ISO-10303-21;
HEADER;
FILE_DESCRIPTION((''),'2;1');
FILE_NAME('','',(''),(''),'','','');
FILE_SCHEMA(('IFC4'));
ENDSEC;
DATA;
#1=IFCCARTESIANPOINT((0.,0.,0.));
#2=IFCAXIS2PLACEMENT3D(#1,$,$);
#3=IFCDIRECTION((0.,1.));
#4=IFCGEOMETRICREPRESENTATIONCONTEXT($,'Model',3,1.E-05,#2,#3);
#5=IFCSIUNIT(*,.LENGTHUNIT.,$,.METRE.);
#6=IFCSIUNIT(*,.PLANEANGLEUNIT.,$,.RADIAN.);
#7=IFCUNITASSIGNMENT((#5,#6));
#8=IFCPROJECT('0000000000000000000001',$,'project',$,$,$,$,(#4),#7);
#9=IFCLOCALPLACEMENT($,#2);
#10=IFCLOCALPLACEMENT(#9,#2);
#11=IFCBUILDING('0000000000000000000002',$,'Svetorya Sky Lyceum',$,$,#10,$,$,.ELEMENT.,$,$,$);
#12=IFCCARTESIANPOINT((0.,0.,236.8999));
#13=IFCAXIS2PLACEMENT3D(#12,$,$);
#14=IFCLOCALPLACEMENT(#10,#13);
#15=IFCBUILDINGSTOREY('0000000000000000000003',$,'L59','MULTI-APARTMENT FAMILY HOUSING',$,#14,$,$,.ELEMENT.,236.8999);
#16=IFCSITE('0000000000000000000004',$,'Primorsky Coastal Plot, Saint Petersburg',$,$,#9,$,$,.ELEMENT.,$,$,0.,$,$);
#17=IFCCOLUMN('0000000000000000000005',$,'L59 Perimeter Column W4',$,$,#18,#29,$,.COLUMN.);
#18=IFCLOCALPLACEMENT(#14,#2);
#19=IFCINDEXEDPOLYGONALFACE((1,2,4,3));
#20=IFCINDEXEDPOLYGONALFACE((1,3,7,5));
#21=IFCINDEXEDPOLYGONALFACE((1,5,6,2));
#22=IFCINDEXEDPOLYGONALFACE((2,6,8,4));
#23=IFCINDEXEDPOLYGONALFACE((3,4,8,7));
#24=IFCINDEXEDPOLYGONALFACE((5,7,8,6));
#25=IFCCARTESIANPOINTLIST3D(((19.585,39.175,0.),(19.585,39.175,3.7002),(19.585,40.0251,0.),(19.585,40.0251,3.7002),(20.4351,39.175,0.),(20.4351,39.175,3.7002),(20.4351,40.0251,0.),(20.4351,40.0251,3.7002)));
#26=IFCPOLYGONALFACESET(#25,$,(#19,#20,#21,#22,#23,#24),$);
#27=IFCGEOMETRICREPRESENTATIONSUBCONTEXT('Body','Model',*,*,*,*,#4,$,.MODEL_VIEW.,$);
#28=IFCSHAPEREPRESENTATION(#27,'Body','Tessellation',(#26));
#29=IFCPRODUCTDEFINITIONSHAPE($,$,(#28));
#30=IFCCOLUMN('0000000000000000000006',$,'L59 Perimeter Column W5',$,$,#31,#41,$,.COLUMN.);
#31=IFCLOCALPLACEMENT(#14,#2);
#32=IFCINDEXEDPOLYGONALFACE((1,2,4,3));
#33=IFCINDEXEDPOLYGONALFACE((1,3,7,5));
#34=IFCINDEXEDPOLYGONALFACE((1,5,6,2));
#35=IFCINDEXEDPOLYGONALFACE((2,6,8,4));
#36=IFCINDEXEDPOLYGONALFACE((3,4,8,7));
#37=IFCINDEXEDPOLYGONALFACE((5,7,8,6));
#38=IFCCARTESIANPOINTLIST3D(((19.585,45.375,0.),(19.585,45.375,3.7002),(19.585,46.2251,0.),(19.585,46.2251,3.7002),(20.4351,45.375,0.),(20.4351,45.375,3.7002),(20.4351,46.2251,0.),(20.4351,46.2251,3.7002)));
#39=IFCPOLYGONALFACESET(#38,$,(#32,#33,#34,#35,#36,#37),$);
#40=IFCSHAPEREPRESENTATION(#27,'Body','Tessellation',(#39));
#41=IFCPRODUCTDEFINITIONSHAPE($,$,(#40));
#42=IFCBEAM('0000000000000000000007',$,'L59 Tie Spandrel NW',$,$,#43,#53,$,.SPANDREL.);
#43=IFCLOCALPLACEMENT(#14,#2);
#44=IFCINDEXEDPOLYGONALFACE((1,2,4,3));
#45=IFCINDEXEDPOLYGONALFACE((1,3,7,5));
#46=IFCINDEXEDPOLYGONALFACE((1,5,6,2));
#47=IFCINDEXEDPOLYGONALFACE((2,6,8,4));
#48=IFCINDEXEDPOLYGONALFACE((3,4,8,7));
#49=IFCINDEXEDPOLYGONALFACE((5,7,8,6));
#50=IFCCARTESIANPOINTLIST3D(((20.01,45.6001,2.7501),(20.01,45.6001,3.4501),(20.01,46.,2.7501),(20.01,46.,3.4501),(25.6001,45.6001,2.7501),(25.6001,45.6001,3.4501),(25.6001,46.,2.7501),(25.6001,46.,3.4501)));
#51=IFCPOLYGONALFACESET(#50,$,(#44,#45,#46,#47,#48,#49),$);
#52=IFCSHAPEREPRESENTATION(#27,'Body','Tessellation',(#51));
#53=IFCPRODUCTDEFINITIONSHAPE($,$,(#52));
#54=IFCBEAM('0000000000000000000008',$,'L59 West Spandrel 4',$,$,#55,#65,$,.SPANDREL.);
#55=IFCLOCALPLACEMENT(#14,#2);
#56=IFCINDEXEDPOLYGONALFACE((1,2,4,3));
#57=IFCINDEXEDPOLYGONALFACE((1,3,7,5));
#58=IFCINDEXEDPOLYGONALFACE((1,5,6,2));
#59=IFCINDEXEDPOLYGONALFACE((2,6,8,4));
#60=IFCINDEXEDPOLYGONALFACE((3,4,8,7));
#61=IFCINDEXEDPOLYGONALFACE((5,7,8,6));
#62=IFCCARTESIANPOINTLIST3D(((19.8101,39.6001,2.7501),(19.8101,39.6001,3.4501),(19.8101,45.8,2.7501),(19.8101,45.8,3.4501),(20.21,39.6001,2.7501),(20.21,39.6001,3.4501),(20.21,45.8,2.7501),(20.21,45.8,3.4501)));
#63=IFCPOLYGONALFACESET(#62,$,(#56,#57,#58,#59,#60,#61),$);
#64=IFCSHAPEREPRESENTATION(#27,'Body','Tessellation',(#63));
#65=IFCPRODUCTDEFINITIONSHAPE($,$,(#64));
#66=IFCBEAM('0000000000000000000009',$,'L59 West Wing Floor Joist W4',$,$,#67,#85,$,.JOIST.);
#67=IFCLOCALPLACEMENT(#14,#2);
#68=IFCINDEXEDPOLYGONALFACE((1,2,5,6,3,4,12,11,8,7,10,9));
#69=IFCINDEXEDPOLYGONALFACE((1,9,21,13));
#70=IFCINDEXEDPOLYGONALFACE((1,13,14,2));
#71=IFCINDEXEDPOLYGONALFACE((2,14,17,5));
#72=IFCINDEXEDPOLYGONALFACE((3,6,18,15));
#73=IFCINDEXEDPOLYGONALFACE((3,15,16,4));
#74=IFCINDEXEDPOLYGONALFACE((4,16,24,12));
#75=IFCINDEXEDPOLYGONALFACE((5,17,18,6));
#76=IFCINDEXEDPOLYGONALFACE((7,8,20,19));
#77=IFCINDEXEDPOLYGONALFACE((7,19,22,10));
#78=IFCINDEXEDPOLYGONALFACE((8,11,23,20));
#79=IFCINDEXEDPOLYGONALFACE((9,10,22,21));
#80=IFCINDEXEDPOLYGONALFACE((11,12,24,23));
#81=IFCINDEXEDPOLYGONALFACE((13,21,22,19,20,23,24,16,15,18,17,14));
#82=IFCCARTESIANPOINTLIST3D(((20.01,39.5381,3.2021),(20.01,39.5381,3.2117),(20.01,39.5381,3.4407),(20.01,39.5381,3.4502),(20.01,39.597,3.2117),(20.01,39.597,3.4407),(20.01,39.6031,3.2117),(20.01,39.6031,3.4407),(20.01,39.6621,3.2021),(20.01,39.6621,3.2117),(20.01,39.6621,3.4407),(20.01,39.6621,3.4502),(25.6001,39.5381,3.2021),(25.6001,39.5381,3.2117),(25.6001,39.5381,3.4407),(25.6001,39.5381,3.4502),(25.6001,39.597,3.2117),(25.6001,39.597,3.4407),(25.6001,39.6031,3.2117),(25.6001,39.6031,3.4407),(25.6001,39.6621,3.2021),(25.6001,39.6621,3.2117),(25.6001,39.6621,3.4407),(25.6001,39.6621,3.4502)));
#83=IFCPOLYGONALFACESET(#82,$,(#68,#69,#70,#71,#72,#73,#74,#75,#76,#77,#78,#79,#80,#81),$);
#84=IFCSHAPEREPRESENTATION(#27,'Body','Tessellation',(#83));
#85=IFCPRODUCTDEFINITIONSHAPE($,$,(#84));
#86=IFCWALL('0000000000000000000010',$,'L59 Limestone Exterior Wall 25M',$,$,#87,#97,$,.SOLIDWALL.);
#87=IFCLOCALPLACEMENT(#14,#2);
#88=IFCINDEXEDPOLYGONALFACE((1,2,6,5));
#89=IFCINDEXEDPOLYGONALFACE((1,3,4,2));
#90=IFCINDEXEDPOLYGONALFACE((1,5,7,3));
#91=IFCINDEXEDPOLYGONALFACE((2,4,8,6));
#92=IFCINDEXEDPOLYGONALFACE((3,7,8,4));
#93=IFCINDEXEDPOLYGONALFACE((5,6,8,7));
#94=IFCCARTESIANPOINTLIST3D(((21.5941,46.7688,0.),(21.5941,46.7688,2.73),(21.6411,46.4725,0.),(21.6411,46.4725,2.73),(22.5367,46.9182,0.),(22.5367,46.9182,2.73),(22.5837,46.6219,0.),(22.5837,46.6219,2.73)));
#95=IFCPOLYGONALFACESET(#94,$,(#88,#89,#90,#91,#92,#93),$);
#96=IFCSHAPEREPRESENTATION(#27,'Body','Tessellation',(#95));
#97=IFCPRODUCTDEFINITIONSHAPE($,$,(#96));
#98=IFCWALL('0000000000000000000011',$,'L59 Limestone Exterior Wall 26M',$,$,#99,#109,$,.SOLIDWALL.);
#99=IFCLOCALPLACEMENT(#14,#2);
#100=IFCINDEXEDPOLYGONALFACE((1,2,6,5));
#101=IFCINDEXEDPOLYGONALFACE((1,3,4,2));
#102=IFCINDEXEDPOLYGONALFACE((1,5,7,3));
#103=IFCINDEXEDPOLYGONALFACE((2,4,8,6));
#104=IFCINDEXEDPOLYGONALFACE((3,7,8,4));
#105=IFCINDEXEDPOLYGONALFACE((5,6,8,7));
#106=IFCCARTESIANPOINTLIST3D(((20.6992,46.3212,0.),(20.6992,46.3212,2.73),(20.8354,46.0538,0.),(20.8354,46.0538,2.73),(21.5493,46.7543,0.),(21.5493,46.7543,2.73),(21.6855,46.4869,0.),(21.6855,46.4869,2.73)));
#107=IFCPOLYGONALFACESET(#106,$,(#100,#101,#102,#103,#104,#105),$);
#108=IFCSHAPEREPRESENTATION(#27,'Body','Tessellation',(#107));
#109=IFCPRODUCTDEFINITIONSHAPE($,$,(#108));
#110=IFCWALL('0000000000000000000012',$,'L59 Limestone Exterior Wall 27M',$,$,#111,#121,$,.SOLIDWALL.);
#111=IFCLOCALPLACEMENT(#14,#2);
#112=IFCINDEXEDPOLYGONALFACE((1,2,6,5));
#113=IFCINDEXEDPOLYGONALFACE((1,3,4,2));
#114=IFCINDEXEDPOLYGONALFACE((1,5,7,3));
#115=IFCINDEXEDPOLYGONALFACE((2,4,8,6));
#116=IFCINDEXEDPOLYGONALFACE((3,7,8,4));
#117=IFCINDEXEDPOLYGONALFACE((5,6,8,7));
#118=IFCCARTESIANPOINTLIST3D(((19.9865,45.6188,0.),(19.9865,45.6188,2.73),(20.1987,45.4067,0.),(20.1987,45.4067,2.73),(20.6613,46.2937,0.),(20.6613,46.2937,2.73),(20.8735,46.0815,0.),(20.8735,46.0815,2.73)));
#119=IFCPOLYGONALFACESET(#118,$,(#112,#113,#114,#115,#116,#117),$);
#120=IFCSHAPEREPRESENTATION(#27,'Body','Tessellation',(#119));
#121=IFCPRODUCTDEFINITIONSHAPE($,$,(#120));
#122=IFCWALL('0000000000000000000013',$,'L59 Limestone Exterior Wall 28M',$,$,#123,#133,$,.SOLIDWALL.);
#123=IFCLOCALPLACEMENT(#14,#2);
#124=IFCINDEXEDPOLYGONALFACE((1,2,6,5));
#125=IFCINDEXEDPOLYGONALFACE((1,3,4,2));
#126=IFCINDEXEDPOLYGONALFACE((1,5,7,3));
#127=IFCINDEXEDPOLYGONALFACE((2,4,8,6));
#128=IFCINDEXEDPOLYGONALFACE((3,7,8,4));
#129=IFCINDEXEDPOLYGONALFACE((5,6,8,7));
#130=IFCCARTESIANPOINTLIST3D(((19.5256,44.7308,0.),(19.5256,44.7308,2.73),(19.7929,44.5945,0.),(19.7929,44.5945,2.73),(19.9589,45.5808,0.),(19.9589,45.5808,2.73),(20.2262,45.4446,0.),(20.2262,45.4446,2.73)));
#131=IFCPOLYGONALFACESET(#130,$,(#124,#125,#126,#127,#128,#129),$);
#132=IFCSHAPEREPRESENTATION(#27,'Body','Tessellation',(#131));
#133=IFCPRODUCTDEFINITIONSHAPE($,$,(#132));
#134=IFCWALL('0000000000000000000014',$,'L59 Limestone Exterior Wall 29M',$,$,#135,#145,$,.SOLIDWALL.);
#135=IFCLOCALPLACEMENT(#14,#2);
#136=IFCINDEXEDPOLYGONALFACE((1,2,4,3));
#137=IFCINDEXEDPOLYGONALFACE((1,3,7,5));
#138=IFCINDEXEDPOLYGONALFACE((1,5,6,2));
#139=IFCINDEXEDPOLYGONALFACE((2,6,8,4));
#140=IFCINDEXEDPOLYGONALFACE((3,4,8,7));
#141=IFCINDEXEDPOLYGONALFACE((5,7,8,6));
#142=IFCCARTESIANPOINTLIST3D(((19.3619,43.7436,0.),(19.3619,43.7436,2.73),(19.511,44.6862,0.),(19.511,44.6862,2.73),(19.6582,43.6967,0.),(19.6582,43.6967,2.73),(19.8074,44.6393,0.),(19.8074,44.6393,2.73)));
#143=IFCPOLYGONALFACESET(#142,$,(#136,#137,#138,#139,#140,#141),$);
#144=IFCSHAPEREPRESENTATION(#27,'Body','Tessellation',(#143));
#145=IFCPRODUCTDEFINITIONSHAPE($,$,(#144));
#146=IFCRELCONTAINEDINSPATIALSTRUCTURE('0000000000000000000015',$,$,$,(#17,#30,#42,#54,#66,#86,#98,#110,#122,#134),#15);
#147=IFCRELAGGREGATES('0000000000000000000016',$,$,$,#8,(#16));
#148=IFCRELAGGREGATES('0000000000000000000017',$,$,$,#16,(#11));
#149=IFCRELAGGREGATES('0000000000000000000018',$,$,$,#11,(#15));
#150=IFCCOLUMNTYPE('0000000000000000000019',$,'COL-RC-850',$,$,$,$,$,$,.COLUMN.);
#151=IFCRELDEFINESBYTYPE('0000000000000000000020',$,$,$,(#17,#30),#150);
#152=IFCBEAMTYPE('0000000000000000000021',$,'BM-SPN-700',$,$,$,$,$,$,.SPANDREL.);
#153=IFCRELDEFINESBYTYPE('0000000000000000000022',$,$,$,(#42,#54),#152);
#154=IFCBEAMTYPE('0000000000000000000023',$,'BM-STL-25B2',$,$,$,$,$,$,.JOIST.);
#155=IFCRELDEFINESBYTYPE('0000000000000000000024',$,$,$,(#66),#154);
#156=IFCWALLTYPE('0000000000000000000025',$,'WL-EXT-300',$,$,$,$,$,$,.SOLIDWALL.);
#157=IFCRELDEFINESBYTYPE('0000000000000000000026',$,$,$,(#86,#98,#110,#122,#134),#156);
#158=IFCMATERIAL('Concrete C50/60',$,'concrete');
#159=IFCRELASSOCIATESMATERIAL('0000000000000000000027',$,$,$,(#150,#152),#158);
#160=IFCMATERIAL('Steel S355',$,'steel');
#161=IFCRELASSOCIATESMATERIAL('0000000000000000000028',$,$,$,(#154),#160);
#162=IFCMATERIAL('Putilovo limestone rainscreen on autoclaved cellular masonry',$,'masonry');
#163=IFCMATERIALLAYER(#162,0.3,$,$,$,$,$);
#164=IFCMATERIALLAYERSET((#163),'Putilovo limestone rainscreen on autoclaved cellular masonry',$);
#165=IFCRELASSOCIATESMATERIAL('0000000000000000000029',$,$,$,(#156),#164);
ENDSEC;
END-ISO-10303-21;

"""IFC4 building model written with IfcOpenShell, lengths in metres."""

from ifc_helpers import new_model, si_unit, direction, frame, frame_2d, origin, origin_2d, place, context, subcontext, project, spatial, rectangle, i_section, extrude, material, layer, layer_set, material_profile, profile_set, type_object, element, save


model = new_model("IFC4")

# Units and contexts
model_context = context("Model", 3, precision=1e-05, world=origin(), true_north=direction((0.0, 1.0)))
body_context = subcontext(model_context, "Body", "Model", "MODEL_VIEW")
ifc_project = project(units=[si_unit("LENGTHUNIT", "METRE"), si_unit("PLANEANGLEUNIT", "RADIAN")], contexts=[model_context])

# Site, building, storey
site_placement = place(None, origin())
site = spatial("IfcSite", under=ifc_project, at=site_placement, Name="Primorsky Coastal Plot, Saint Petersburg", CompositionType="ELEMENT", RefElevation=0.0)
building_placement = place(site_placement, origin())
building = spatial("IfcBuilding", under=site, at=building_placement, Name="Svetorya Sky Lyceum", CompositionType="ELEMENT")
storey_placement = place(building_placement, frame((0.0, 0.0, 236.8999)))
storey = spatial("IfcBuildingStorey", under=building, at=storey_placement, Name="L59", Description="MULTI-APARTMENT FAMILY HOUSING", CompositionType="ELEMENT", Elevation=236.8999)

# Columns
ifc_material_1 = material(Name="Concrete C50/60", Category="concrete")
ifc_material_profile_1 = material_profile(ifc_material_1, rectangle(XDim=0.8501, YDim=0.8501, at=origin_2d()), Name="RC COL 850x850")
ifc_profile_set_1 = profile_set([ifc_material_profile_1], Name="Concrete C50/60")
column_type = type_object("IfcColumnType", Name="COL-RC-850", PredefinedType="COLUMN", material=ifc_profile_set_1)
for number, where, z_axis, x_axis, name in (
    (1, (20.01, 39.6001, 0.0), (0.0, 0.0, 1.0), (1.0, 0.0, 0.0), "L59 Perimeter Column W4"),
    (2, (20.01, 45.8, 0.0), (0.0, 0.0, 1.0), (1.0, 0.0, 0.0), "L59 Perimeter Column W5"),
):
    element("IfcColumn", number, at=place(storey_placement, frame(where, z_axis=z_axis, x_axis=x_axis)), inside=storey, type_object=column_type, Name=name, PredefinedType="COLUMN", context=body_context, shape_type="SweptSolid", body=[
        extrude(rectangle(XDim=0.8501, YDim=0.8501, at=origin_2d()), origin(), (0.0, 0.0, 1.0), 3.7002),
    ])

# Beams
ifc_material_profile_2 = material_profile(ifc_material_1, rectangle(XDim=0.3999, YDim=0.7, at=origin_2d()), Name="RC SPANDREL 400x700")
ifc_profile_set_2 = profile_set([ifc_material_profile_2], Name="Concrete C50/60")
beam_type_1 = type_object("IfcBeamType", Name="BM-SPN-700", PredefinedType="SPANDREL", material=ifc_profile_set_2)
beam_1_placement = place(storey_placement, frame((20.01, 45.8, 3.1001), z_axis=(1.0, 0.0, 0.0), x_axis=(0.0, 1.0, 0.0)))
element("IfcBeam", 3, at=beam_1_placement, inside=storey, type_object=beam_type_1, Name="L59 Tie Spandrel NW", PredefinedType="SPANDREL", context=body_context, shape_type="SweptSolid", body=[
    extrude(rectangle(XDim=0.3999, YDim=0.7, at=origin_2d()), origin(), (0.0, 0.0, 1.0), 5.5901),
])
beam_2_placement = place(storey_placement, frame((20.01, 39.6001, 3.1001), z_axis=(0.0, 1.0, 0.0), x_axis=(-1.0, 0.0, 0.0)))
element("IfcBeam", 4, at=beam_2_placement, inside=storey, type_object=beam_type_1, Name="L59 West Spandrel 4", PredefinedType="SPANDREL", context=body_context, shape_type="SweptSolid", body=[
    extrude(rectangle(XDim=0.3999, YDim=0.7, at=origin_2d()), origin(), (0.0, 0.0, 1.0), 6.2),
])
ifc_material_2 = material(Name="Steel S355", Category="steel")
ifc_material_profile_3 = material_profile(ifc_material_2, i_section(OverallWidth=0.124, OverallDepth=0.248, WebThickness=0.0061, FlangeThickness=0.0095, at=origin_2d()), Name="GOST 25B2")
ifc_profile_set_3 = profile_set([ifc_material_profile_3], Name="Steel S355")
beam_type_2 = type_object("IfcBeamType", Name="BM-STL-25B2", PredefinedType="JOIST", material=ifc_profile_set_3)
beam_3_placement = place(storey_placement, frame((20.01, 39.6001, 3.3262), z_axis=(1.0, 0.0, 0.0), x_axis=(0.0, 1.0, 0.0)))
element("IfcBeam", 5, at=beam_3_placement, inside=storey, type_object=beam_type_2, Name="L59 West Wing Floor Joist W4", PredefinedType="JOIST", context=body_context, shape_type="SweptSolid", body=[
    extrude(i_section(OverallWidth=0.124, OverallDepth=0.248, WebThickness=0.0061, FlangeThickness=0.0095, at=origin_2d()), origin(), (0.0, 0.0, 1.0), 5.5901),
])

# Walls
ifc_material_3 = material(Name="Putilovo limestone rainscreen on autoclaved cellular masonry", Category="masonry")
ifc_layer_1 = layer(ifc_material_3, 0.3)
ifc_layer_set_1 = layer_set([ifc_layer_1], Name="Putilovo limestone rainscreen on autoclaved cellular masonry")
wall_type_1 = type_object("IfcWallType", Name="WL-EXT-300", PredefinedType="SOLIDWALL", material=ifc_layer_set_1)
wall_1_placement = place(storey_placement, frame((22.5601, 46.77, 0.0), z_axis=(0.0, 0.0, 1.0), x_axis=(-0.987669, -0.156554, 0.0)))
element("IfcWall", 6, at=wall_1_placement, inside=storey, type_object=wall_type_1, Name="L59 Limestone Exterior Wall 25M", PredefinedType="SOLIDWALL", context=body_context, shape_type="SweptSolid", body=[
    extrude(rectangle(XDim=0.9543, YDim=0.3, at=frame_2d((0.4771, 0.0))), origin(), (0.0, 0.0, 1.0), 2.73),
])
wall_2_placement = place(storey_placement, frame((21.6174, 46.6206, 0.0), z_axis=(0.0, 0.0, 1.0), x_axis=(-0.891024, -0.453956, 0.0)))
element("IfcWall", 7, at=wall_2_placement, inside=storey, type_object=wall_type_1, Name="L59 Limestone Exterior Wall 26M", PredefinedType="SOLIDWALL", context=body_context, shape_type="SweptSolid", body=[
    extrude(rectangle(XDim=0.9541, YDim=0.3, at=frame_2d((0.4771, 0.0))), origin(), (0.0, 0.0, 1.0), 2.73),
])
wall_3_placement = place(storey_placement, frame((20.7673, 46.1875, 0.0), z_axis=(0.0, 0.0, 1.0), x_axis=(-0.707107, -0.707107, 0.0)))
element("IfcWall", 8, at=wall_3_placement, inside=storey, type_object=wall_type_1, Name="L59 Limestone Exterior Wall 27M", PredefinedType="SOLIDWALL", context=body_context, shape_type="SweptSolid", body=[
    extrude(rectangle(XDim=0.9543, YDim=0.3, at=frame_2d((0.4771, 0.0))), origin(), (0.0, 0.0, 1.0), 2.73),
])
wall_4_placement = place(storey_placement, frame((20.0925, 45.5127, 0.0), z_axis=(0.0, 0.0, 1.0), x_axis=(-0.45416, -0.89092, 0.0)))
element("IfcWall", 9, at=wall_4_placement, inside=storey, type_object=wall_type_1, Name="L59 Limestone Exterior Wall 28M", PredefinedType="SOLIDWALL", context=body_context, shape_type="SweptSolid", body=[
    extrude(rectangle(XDim=0.9541, YDim=0.3, at=frame_2d((0.4771, 0.0))), origin(), (0.0, 0.0, 1.0), 2.73),
])
wall_5_placement = place(storey_placement, frame((19.6592, 44.6626, 0.0), z_axis=(0.0, 0.0, 1.0), x_axis=(-0.156304, -0.987709, 0.0)))
element("IfcWall", 10, at=wall_5_placement, inside=storey, type_object=wall_type_1, Name="L59 Limestone Exterior Wall 29M", PredefinedType="SOLIDWALL", context=body_context, shape_type="SweptSolid", body=[
    extrude(rectangle(XDim=0.9543, YDim=0.3, at=frame_2d((0.4771, 0.0))), origin(), (0.0, 0.0, 1.0), 2.73),
])

save(model, "model.ifc")
